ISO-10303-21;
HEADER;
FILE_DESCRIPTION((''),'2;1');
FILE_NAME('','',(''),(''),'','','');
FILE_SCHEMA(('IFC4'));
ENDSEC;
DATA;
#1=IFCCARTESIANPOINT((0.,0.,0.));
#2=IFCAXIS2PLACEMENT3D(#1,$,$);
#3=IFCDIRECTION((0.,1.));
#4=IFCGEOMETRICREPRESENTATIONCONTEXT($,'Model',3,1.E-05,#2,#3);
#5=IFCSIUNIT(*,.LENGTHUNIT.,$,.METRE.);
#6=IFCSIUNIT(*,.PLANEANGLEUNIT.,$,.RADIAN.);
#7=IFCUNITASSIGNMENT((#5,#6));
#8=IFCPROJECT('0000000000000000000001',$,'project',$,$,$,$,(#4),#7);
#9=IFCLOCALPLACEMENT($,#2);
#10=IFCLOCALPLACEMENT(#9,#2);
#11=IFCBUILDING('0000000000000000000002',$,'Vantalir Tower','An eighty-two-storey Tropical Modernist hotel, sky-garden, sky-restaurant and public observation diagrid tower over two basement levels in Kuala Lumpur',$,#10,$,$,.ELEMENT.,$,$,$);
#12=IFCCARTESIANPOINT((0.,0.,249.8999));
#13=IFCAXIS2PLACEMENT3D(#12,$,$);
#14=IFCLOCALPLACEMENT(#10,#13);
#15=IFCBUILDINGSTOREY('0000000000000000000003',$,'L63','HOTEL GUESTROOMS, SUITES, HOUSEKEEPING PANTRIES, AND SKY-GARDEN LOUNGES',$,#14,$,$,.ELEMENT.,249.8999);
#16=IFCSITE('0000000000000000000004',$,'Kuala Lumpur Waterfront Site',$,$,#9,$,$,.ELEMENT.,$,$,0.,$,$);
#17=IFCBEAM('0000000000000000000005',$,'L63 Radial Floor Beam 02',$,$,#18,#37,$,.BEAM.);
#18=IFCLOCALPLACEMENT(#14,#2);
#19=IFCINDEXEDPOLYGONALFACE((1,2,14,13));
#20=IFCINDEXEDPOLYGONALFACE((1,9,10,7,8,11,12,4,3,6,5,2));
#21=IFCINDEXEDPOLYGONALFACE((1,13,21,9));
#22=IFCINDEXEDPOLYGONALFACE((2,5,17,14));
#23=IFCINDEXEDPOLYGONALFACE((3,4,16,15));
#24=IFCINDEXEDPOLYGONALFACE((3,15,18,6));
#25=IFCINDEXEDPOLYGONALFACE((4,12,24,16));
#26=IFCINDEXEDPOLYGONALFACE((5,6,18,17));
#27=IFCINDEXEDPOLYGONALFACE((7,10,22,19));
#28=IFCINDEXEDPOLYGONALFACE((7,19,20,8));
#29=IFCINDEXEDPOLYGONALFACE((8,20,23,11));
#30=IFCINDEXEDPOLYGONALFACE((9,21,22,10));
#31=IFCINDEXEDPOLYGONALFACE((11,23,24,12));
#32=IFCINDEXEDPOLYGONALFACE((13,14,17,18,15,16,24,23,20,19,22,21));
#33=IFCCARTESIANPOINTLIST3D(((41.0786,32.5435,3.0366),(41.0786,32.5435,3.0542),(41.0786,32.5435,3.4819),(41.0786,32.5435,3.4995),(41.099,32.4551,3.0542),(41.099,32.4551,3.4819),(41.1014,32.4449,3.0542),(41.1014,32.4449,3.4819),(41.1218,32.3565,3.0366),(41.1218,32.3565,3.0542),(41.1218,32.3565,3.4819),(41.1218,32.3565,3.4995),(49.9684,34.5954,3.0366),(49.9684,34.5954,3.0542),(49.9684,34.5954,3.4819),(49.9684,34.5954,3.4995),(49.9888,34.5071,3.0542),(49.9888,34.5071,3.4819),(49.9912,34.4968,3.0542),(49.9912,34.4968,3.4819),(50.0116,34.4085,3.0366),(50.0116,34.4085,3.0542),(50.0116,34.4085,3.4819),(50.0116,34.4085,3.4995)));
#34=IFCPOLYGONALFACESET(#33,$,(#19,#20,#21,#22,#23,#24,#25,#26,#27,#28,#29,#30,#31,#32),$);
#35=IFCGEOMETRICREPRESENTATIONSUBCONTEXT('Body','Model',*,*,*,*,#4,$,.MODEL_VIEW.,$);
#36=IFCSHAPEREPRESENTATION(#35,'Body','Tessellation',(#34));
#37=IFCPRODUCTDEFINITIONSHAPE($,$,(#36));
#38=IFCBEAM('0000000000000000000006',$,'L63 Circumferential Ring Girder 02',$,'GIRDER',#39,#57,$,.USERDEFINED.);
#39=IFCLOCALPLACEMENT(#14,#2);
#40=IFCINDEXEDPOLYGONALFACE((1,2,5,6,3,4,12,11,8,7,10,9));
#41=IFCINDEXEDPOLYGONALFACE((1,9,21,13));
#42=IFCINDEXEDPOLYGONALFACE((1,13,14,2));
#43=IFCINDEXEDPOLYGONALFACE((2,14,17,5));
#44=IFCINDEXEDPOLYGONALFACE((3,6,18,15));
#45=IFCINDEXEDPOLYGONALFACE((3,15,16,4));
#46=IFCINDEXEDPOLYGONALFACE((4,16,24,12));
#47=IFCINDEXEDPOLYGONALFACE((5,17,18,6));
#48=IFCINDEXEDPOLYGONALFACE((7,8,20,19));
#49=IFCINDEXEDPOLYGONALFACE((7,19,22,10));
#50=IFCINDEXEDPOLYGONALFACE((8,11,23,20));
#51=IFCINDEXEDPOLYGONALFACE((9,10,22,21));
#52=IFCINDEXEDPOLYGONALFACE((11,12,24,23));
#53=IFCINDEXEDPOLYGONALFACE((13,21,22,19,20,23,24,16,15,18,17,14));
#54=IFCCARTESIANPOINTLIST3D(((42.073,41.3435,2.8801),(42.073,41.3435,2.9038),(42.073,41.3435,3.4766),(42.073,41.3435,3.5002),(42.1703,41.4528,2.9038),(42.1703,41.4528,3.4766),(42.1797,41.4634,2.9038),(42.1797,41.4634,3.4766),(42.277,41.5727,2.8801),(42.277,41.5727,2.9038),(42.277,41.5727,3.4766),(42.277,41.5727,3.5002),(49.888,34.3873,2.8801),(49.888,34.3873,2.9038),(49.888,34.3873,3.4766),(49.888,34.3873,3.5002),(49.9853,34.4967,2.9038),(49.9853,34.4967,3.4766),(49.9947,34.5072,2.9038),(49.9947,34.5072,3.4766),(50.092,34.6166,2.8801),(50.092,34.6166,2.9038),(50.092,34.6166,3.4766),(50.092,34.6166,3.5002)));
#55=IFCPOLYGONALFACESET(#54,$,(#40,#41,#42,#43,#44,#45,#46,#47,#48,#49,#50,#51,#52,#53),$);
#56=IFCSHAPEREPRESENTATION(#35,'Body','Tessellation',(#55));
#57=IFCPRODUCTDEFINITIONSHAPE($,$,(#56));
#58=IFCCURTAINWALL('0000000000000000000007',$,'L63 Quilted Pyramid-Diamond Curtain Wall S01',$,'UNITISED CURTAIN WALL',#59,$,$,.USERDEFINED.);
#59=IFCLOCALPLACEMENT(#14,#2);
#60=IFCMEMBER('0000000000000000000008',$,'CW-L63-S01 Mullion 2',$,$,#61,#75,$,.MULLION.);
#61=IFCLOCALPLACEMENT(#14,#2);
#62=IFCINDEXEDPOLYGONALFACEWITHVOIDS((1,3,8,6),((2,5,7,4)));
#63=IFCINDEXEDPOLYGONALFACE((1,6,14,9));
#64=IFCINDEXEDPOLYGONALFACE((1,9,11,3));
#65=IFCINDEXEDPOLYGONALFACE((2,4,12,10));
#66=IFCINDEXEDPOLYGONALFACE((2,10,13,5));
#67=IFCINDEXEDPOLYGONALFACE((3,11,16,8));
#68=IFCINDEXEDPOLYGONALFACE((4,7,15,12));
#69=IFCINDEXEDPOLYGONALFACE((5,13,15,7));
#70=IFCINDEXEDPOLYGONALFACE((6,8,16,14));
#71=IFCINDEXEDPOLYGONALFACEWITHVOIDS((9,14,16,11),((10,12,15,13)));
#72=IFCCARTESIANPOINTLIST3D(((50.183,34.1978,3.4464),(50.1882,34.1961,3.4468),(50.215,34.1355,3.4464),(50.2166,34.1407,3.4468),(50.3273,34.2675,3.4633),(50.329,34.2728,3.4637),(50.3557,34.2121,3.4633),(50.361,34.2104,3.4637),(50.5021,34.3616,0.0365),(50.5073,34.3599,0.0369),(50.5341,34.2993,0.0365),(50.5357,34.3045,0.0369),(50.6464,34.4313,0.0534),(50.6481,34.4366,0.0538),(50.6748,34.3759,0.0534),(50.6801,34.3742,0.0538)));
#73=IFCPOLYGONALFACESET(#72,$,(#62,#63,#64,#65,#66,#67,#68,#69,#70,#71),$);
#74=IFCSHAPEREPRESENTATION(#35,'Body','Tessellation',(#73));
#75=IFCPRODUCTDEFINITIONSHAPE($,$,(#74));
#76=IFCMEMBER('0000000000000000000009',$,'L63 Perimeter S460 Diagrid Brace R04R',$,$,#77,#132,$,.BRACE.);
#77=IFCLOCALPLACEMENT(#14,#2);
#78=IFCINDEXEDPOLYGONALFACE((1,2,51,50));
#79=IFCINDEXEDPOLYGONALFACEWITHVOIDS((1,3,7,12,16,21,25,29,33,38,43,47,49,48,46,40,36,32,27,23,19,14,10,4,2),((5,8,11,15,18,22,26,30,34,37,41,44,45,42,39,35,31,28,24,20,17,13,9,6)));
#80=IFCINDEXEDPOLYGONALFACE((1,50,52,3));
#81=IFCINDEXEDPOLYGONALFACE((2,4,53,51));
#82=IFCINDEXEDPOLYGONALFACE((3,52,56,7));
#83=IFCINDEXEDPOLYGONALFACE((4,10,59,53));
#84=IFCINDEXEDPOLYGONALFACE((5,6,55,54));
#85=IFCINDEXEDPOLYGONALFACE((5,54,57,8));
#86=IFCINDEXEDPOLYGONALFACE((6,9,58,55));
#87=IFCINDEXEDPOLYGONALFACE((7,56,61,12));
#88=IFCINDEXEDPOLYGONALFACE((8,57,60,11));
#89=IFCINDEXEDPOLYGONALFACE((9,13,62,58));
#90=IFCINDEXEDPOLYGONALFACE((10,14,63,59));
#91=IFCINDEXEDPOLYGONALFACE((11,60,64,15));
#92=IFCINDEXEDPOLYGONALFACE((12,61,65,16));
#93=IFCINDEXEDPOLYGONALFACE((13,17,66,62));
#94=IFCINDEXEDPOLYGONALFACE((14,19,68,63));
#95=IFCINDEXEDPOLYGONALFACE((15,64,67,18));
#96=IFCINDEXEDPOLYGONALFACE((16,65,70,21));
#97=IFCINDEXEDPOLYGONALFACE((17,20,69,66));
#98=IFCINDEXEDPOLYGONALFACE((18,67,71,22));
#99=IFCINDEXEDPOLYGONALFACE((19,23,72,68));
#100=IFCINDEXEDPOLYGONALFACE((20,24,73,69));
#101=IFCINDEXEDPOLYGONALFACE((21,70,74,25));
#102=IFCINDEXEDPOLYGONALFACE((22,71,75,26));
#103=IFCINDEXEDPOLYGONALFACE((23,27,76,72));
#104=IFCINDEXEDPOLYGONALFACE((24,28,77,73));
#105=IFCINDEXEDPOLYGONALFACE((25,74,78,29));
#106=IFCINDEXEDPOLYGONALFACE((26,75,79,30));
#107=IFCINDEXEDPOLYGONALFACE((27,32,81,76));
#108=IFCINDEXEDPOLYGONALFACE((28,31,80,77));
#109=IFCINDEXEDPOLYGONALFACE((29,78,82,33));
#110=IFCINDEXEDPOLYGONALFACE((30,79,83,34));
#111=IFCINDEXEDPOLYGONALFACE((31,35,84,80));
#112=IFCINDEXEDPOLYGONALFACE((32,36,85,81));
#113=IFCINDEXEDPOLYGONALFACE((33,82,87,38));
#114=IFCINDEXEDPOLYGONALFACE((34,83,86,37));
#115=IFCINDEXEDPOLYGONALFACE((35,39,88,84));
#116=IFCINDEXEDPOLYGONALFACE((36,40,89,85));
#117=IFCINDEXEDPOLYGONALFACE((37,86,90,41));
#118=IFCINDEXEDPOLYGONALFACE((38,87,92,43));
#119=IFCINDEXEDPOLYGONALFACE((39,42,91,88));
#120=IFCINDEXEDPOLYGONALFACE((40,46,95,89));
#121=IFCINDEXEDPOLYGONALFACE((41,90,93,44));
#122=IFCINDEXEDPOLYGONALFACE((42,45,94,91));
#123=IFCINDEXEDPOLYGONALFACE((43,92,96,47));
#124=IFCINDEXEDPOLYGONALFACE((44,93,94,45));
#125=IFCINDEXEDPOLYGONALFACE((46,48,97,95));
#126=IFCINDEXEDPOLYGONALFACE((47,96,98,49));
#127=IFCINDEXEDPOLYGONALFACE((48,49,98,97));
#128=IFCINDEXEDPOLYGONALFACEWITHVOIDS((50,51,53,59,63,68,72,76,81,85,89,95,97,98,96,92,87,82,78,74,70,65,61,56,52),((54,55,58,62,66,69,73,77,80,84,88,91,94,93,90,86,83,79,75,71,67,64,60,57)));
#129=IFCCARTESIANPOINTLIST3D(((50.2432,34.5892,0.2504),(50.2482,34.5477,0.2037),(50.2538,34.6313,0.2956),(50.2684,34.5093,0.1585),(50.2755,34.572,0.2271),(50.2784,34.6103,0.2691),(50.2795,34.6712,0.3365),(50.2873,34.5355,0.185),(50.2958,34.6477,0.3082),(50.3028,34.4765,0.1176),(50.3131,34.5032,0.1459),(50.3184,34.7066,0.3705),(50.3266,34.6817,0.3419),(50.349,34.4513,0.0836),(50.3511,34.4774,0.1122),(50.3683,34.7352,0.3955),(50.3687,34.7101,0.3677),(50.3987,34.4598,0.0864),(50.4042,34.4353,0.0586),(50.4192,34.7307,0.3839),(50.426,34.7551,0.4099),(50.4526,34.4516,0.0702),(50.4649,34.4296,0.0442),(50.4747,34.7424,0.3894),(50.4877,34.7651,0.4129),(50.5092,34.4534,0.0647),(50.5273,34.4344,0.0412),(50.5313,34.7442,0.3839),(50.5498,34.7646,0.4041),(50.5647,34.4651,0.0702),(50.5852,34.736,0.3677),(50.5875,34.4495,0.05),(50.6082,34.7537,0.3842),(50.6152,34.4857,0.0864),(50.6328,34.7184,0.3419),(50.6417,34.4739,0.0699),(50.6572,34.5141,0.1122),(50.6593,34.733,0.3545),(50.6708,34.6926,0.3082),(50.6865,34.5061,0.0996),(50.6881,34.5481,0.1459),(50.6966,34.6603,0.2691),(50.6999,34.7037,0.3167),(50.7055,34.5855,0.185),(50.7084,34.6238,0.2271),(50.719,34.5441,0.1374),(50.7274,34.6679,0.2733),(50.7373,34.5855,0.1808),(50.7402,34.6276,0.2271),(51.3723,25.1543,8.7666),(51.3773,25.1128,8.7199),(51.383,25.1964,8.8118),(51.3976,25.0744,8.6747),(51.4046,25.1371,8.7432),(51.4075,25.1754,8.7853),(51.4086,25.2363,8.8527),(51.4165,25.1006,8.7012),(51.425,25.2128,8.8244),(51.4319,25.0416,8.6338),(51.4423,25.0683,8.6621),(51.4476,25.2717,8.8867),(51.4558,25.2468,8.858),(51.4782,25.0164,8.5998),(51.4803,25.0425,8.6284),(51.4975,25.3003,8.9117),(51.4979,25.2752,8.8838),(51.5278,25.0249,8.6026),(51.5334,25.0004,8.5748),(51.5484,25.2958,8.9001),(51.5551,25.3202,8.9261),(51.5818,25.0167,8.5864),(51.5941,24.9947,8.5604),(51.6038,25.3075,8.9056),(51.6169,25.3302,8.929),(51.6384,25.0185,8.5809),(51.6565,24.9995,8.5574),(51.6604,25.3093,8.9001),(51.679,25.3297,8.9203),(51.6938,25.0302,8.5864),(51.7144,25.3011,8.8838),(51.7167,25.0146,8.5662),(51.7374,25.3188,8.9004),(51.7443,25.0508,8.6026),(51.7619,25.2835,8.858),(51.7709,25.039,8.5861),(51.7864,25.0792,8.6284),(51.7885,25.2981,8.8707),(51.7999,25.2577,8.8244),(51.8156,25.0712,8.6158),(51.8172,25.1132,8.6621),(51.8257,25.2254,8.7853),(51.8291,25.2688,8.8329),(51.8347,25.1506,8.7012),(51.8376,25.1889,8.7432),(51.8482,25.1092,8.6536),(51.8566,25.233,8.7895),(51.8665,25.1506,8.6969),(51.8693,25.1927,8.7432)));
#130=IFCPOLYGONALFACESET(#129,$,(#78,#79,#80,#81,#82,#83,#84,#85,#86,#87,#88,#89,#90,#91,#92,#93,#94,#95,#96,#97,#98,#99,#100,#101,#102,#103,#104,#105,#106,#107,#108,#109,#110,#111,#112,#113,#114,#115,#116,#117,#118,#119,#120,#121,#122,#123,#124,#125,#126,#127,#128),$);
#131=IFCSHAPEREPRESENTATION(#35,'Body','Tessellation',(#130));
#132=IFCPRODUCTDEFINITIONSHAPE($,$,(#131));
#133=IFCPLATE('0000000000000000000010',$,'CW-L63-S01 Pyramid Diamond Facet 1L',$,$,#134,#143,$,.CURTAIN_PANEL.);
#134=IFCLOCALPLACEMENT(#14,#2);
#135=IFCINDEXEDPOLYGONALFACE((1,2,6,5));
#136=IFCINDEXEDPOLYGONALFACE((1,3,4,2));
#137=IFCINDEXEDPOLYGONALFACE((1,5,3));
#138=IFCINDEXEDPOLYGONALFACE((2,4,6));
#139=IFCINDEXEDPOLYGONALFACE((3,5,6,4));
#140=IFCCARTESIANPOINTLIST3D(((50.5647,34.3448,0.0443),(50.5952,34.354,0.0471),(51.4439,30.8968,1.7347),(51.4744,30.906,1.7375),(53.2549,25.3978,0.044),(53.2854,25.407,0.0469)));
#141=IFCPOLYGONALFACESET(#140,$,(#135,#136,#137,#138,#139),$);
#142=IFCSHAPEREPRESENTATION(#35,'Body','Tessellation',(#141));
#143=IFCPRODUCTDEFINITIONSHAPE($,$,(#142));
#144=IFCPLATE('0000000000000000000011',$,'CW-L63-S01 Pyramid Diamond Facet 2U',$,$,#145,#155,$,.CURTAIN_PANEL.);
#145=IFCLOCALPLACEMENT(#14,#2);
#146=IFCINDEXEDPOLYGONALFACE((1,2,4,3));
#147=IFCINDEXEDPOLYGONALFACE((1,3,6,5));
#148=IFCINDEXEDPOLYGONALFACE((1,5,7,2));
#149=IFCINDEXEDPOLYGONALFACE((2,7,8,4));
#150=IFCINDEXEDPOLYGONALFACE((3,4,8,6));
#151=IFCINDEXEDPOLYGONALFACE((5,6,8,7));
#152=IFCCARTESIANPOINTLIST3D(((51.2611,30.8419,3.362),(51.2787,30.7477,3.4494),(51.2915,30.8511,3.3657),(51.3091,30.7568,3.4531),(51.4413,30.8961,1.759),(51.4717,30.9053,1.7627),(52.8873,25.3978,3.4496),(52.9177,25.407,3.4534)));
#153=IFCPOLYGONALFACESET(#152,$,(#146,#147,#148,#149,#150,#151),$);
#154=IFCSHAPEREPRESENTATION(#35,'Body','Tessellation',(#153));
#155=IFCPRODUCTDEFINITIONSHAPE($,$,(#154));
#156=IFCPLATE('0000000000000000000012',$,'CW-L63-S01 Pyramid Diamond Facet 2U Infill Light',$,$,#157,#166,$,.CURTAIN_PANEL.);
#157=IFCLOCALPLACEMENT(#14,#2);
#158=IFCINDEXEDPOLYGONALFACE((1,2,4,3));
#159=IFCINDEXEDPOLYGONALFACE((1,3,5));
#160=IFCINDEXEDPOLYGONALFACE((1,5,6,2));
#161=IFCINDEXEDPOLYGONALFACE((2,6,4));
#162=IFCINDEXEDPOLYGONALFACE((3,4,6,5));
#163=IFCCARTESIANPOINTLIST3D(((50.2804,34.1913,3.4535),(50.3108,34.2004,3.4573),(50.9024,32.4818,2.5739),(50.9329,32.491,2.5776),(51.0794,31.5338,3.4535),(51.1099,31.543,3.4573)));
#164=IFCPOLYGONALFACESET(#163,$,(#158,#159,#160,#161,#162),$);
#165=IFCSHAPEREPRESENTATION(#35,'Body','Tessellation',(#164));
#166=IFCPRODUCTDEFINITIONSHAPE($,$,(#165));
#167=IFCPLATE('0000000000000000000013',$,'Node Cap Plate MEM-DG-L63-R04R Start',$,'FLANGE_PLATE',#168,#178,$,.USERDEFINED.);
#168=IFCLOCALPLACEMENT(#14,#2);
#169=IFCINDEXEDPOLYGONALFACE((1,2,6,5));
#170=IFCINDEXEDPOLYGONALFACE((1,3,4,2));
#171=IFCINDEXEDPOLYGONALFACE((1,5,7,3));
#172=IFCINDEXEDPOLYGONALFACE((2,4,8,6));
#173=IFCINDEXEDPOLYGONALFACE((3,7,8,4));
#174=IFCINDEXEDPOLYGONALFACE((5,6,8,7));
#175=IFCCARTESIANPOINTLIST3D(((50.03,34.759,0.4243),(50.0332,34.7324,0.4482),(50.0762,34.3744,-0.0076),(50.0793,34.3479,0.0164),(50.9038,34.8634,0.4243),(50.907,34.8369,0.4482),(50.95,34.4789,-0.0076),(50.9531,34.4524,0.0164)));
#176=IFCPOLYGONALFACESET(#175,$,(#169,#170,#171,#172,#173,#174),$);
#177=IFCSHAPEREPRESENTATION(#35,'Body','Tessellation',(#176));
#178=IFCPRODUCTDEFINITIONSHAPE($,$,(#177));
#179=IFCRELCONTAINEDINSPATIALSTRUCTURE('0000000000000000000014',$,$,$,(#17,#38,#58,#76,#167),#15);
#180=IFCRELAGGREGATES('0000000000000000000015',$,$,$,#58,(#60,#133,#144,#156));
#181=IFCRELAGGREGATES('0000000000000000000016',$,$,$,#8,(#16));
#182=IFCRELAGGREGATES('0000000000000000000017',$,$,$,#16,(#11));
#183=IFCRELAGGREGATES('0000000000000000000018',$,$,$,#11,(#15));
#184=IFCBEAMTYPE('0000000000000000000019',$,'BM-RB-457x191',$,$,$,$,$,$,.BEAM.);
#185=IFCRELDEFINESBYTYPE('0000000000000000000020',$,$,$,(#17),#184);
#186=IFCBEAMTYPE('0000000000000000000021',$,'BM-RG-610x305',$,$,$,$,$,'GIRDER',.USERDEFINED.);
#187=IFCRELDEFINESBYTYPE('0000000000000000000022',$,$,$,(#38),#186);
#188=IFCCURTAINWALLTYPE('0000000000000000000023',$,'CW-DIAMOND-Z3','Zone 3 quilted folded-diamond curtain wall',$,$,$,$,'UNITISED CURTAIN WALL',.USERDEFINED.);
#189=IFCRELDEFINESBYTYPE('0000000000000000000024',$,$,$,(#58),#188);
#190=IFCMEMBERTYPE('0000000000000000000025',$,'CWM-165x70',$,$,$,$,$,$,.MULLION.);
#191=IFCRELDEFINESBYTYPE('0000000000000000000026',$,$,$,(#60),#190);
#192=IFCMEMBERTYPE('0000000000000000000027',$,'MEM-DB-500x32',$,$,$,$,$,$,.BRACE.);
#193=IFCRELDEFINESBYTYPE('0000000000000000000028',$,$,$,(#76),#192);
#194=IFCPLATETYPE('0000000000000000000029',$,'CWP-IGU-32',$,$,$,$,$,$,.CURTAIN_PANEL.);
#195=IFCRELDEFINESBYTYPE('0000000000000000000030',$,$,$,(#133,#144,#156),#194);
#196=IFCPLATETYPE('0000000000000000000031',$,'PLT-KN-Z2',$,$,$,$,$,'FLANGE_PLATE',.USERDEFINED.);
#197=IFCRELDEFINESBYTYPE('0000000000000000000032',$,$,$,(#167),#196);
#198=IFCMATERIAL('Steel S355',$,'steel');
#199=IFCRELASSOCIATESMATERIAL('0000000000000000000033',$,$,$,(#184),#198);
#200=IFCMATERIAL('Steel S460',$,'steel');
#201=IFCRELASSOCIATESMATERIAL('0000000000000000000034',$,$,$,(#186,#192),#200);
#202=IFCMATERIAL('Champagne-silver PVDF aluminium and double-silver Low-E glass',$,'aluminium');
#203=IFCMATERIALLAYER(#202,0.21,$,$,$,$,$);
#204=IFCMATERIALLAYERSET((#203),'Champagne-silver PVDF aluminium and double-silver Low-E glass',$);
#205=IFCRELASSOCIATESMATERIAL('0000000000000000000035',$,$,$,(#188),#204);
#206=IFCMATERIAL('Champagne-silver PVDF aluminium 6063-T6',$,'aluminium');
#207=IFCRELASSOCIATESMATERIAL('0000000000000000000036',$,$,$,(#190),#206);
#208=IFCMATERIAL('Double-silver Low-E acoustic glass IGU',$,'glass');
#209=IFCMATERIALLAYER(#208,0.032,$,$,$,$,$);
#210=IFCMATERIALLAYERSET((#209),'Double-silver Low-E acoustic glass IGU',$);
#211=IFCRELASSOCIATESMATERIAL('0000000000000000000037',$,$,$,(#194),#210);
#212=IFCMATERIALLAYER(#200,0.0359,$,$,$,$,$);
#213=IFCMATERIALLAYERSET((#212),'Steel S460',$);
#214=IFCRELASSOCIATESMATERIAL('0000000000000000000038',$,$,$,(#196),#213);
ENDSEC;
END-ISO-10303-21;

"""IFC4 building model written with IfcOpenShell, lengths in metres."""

from ifc_helpers import new_model, si_unit, direction, frame, origin, origin_2d, place, context, subcontext, project, spatial, polyline, hollow_rectangle, hollow_circle, i_section, outline, extrude, material, layer, layer_set, material_profile, profile_set, type_object, element, aggregate, save


model = new_model("IFC4")

# Units and contexts
model_context = context("Model", 3, precision=1e-05, world=origin(), true_north=direction((0.0, 1.0)))
body_context = subcontext(model_context, "Body", "Model", "MODEL_VIEW")
ifc_project = project(units=[si_unit("LENGTHUNIT", "METRE"), si_unit("PLANEANGLEUNIT", "RADIAN")], contexts=[model_context])

# Site, building, storey
site_placement = place(None, origin())
site = spatial("IfcSite", under=ifc_project, at=site_placement, Name="Kuala Lumpur Waterfront Site", CompositionType="ELEMENT", RefElevation=0.0)
building_placement = place(site_placement, origin())
building = spatial("IfcBuilding", under=site, at=building_placement, Name="Vantalir Tower", Description="An eighty-two-storey Tropical Modernist hotel, sky-garden, sky-restaurant and public observation diagrid tower over two basement levels in Kuala Lumpur", CompositionType="ELEMENT")
storey_placement = place(building_placement, frame((0.0, 0.0, 249.8999)))
storey = spatial("IfcBuildingStorey", under=building, at=storey_placement, Name="L63", Description="HOTEL GUESTROOMS, SUITES, HOUSEKEEPING PANTRIES, AND SKY-GARDEN LOUNGES", CompositionType="ELEMENT", Elevation=249.8999)

# Beams
ifc_material_1 = material(Name="Steel S355", Category="steel")
ifc_material_profile_1 = material_profile(ifc_material_1, i_section(OverallWidth=0.1919, OverallDepth=0.4629, WebThickness=0.0105, FlangeThickness=0.0176, at=origin_2d()), Name="Steel S355")
ifc_profile_set_1 = profile_set([ifc_material_profile_1], Name="Steel S355")
beam_type_1 = type_object("IfcBeamType", Name="BM-RB-457x191", PredefinedType="BEAM", material=ifc_profile_set_1)
beam_1_placement = place(storey_placement, frame((49.99, 34.502, 3.2681), z_axis=(-0.974379, -0.22491, 0.0), x_axis=(0.22491, -0.974379, 0.0)))
element("IfcBeam", 1, at=beam_1_placement, inside=storey, type_object=beam_type_1, Name="L63 Radial Floor Beam 02", PredefinedType="BEAM", context=body_context, shape_type="SweptSolid", body=[
    extrude(i_section(OverallWidth=0.1919, OverallDepth=0.4629, WebThickness=0.0105, FlangeThickness=0.0176, at=origin_2d()), origin(), (0.0, 0.0, 1.0), 9.1235),
])
ifc_material_2 = material(Name="Steel S460", Category="steel")
ifc_material_profile_2 = material_profile(ifc_material_2, i_section(OverallWidth=0.3069, OverallDepth=0.6201, WebThickness=0.0142, FlangeThickness=0.0237, at=origin_2d()), Name="Steel S460")
ifc_profile_set_2 = profile_set([ifc_material_profile_2], Name="Steel S460")
beam_type_2 = type_object("IfcBeamType", Name="BM-RG-610x305", ElementType="GIRDER", PredefinedType="USERDEFINED", material=ifc_profile_set_2)
beam_2_placement = place(storey_placement, frame((49.99, 34.502, 3.1902), z_axis=(-0.746961, 0.664868, 0.0), x_axis=(-0.664868, -0.746961, 0.0)))
element("IfcBeam", 2, at=beam_2_placement, inside=storey, type_object=beam_type_2, Name="L63 Circumferential Ring Girder 02", ObjectType="GIRDER", PredefinedType="USERDEFINED", context=body_context, shape_type="SweptSolid", body=[
    extrude(i_section(OverallWidth=0.3069, OverallDepth=0.6201, WebThickness=0.0142, FlangeThickness=0.0237, at=origin_2d()), origin(), (0.0, 0.0, 1.0), 10.4624),
])

# Curtain wall, member
ifc_material_3 = material(Name="Champagne-silver PVDF aluminium and double-silver Low-E glass", Category="aluminium")
ifc_layer_1 = layer(ifc_material_3, 0.21)
ifc_layer_set_1 = layer_set([ifc_layer_1], Name="Champagne-silver PVDF aluminium and double-silver Low-E glass")
curtain_wall_type = type_object("IfcCurtainWallType", Name="CW-DIAMOND-Z3", Description="Zone 3 quilted folded-diamond curtain wall", ElementType="UNITISED CURTAIN WALL", PredefinedType="USERDEFINED", material=ifc_layer_set_1)
curtain_wall_placement = place(storey_placement, origin())
curtain_wall = element("IfcCurtainWall", 3, at=curtain_wall_placement, inside=storey, type_object=curtain_wall_type, Name="L63 Quilted Pyramid-Diamond Curtain Wall S01", ObjectType="UNITISED CURTAIN WALL", PredefinedType="USERDEFINED")
ifc_material_4 = material(Name="Champagne-silver PVDF aluminium 6063-T6", Category="aluminium")
ifc_material_profile_3 = material_profile(ifc_material_4, hollow_rectangle(XDim=0.0701, YDim=0.165, WallThickness=0.0039, at=origin_2d()), Name="Champagne-silver PVDF aluminium 6063-T6")
ifc_profile_set_3 = profile_set([ifc_material_profile_3], Name="Champagne-silver PVDF aluminium 6063-T6")
member_type_1 = type_object("IfcMemberType", Name="CWM-165x70", PredefinedType="MULLION", material=ifc_profile_set_3)
member_1_placement = place(storey_placement, frame((50.5911, 34.3679, 0.0452), z_axis=(-0.093064, -0.047778, 0.994513), x_axis=(0.456717, -0.889612, 0.0)))
member_1 = element("IfcMember", 4, at=member_1_placement, type_object=member_type_1, Name="CW-L63-S01 Mullion 2", PredefinedType="MULLION", context=body_context, shape_type="SweptSolid", body=[
    extrude(hollow_rectangle(XDim=0.0701, YDim=0.165, WallThickness=0.0039, at=origin_2d()), origin(), (0.0, 0.0, 1.0), 3.4287),
])

# Member
ifc_material_profile_4 = material_profile(ifc_material_2, hollow_circle(Radius=0.25, WallThickness=0.032, at=origin_2d()), Name="Steel S460")
ifc_profile_set_4 = profile_set([ifc_material_profile_4], Name="Steel S460")
member_type_2 = type_object("IfcMemberType", Name="MEM-DB-500x32", PredefinedType="BRACE", material=ifc_profile_set_4)
member_2_placement = place(storey_placement, frame((50.4919, 34.5979, 0.2271), z_axis=(0.088492, -0.739412, 0.667413), x_axis=(0.992914, 0.118831, 0.0)))
element("IfcMember", 5, at=member_2_placement, inside=storey, type_object=member_type_2, Name="L63 Perimeter S460 Diagrid Brace R04R", PredefinedType="BRACE", context=body_context, shape_type="SweptSolid", body=[
    extrude(hollow_circle(Radius=0.25, WallThickness=0.032, at=origin_2d()), origin(), (0.0, 0.0, 1.0), 12.76),
])

# Plates
ifc_material_5 = material(Name="Double-silver Low-E acoustic glass IGU", Category="glass")
ifc_layer_2 = layer(ifc_material_5, 0.032)
ifc_layer_set_2 = layer_set([ifc_layer_2], Name="Double-silver Low-E acoustic glass IGU")
plate_type_1 = type_object("IfcPlateType", Name="CWP-IGU-32", PredefinedType="CURTAIN_PANEL", material=ifc_layer_set_2)
plate_1_placement = place(storey_placement, frame((53.2854, 25.407, 0.0469), z_axis=(0.953854, 0.286802, 0.088919), x_axis=(-0.287945, 0.957647, 0.000026)))
plate_1 = element("IfcPlate", 6, at=plate_1_placement, type_object=plate_type_1, Name="CW-L63-S01 Pyramid Diamond Facet 1L", PredefinedType="CURTAIN_PANEL", context=body_context, shape_type="SweptSolid", body=[
    extrude(outline(polyline([(0.0, 0.0), (9.3427, 0.0), (5.7876, 1.6972), (0.0, 0.0)])), origin(), (0.0, 0.0, -1.0), 0.032),
])
plate_2_placement = place(storey_placement, frame((52.9177, 25.407, 3.4534), z_axis=(0.951113, 0.285987, 0.116598), x_axis=(-0.287946, 0.957647, -0.000043)))
plate_2 = element("IfcPlate", 7, at=plate_2_placement, type_object=plate_type_1, Name="CW-L63-S01 Pyramid Diamond Facet 2U", PredefinedType="CURTAIN_PANEL", context=body_context, shape_type="SweptSolid", body=[
    extrude(outline(polyline([(0.0, 0.0), (5.5865, 0.0), (5.6818, -0.088), (5.6819, -1.702), (0.0, 0.0)])), origin(), (0.0, 0.0, -1.0), 0.032),
])
plate_3_placement = place(storey_placement, frame((51.1099, 31.543, 3.4573), z_axis=(0.951087, 0.285981, 0.116827), x_axis=(-0.287953, 0.957644, 0.0)))
plate_3 = element("IfcPlate", 8, at=plate_3_placement, type_object=plate_type_1, Name="CW-L63-S01 Pyramid Diamond Facet 2U Infill Light", PredefinedType="CURTAIN_PANEL", context=body_context, shape_type="SweptSolid", body=[
    extrude(outline(polyline([(0.0, 0.0), (2.775, 0.0), (0.9588, -0.8857), (0.0, 0.0)])), origin(), (0.0, 0.0, -1.0), 0.032),
])
aggregate(curtain_wall, [member_1, plate_1, plate_2, plate_3])

# Plate
ifc_layer_3 = layer(ifc_material_2, 0.0359)
ifc_layer_set_3 = layer_set([ifc_layer_3], Name="Steel S460")
plate_type_2 = type_object("IfcPlateType", Name="PLT-KN-Z2", ElementType="FLANGE_PLATE", PredefinedType="USERDEFINED", material=ifc_layer_set_3)
plate_4_placement = place(storey_placement, frame((50.0793, 34.3479, 0.0164), z_axis=(0.088403, -0.73924, 0.667615), x_axis=(0.992925, 0.11874, 0.0)))
element("IfcPlate", 9, at=plate_4_placement, inside=storey, type_object=plate_type_2, Name="Node Cap Plate MEM-DG-L63-R04R Start", ObjectType="FLANGE_PLATE", PredefinedType="USERDEFINED", context=body_context, shape_type="SweptSolid", body=[
    extrude(outline(polyline([(0.0, 0.0), (0.88, 0.0), (0.8798, 0.5801), (-0.0002, 0.5801), (0.0, 0.0)])), origin(), (0.0, 0.0, -1.0), 0.0359),
])

save(model, "model.ifc")
